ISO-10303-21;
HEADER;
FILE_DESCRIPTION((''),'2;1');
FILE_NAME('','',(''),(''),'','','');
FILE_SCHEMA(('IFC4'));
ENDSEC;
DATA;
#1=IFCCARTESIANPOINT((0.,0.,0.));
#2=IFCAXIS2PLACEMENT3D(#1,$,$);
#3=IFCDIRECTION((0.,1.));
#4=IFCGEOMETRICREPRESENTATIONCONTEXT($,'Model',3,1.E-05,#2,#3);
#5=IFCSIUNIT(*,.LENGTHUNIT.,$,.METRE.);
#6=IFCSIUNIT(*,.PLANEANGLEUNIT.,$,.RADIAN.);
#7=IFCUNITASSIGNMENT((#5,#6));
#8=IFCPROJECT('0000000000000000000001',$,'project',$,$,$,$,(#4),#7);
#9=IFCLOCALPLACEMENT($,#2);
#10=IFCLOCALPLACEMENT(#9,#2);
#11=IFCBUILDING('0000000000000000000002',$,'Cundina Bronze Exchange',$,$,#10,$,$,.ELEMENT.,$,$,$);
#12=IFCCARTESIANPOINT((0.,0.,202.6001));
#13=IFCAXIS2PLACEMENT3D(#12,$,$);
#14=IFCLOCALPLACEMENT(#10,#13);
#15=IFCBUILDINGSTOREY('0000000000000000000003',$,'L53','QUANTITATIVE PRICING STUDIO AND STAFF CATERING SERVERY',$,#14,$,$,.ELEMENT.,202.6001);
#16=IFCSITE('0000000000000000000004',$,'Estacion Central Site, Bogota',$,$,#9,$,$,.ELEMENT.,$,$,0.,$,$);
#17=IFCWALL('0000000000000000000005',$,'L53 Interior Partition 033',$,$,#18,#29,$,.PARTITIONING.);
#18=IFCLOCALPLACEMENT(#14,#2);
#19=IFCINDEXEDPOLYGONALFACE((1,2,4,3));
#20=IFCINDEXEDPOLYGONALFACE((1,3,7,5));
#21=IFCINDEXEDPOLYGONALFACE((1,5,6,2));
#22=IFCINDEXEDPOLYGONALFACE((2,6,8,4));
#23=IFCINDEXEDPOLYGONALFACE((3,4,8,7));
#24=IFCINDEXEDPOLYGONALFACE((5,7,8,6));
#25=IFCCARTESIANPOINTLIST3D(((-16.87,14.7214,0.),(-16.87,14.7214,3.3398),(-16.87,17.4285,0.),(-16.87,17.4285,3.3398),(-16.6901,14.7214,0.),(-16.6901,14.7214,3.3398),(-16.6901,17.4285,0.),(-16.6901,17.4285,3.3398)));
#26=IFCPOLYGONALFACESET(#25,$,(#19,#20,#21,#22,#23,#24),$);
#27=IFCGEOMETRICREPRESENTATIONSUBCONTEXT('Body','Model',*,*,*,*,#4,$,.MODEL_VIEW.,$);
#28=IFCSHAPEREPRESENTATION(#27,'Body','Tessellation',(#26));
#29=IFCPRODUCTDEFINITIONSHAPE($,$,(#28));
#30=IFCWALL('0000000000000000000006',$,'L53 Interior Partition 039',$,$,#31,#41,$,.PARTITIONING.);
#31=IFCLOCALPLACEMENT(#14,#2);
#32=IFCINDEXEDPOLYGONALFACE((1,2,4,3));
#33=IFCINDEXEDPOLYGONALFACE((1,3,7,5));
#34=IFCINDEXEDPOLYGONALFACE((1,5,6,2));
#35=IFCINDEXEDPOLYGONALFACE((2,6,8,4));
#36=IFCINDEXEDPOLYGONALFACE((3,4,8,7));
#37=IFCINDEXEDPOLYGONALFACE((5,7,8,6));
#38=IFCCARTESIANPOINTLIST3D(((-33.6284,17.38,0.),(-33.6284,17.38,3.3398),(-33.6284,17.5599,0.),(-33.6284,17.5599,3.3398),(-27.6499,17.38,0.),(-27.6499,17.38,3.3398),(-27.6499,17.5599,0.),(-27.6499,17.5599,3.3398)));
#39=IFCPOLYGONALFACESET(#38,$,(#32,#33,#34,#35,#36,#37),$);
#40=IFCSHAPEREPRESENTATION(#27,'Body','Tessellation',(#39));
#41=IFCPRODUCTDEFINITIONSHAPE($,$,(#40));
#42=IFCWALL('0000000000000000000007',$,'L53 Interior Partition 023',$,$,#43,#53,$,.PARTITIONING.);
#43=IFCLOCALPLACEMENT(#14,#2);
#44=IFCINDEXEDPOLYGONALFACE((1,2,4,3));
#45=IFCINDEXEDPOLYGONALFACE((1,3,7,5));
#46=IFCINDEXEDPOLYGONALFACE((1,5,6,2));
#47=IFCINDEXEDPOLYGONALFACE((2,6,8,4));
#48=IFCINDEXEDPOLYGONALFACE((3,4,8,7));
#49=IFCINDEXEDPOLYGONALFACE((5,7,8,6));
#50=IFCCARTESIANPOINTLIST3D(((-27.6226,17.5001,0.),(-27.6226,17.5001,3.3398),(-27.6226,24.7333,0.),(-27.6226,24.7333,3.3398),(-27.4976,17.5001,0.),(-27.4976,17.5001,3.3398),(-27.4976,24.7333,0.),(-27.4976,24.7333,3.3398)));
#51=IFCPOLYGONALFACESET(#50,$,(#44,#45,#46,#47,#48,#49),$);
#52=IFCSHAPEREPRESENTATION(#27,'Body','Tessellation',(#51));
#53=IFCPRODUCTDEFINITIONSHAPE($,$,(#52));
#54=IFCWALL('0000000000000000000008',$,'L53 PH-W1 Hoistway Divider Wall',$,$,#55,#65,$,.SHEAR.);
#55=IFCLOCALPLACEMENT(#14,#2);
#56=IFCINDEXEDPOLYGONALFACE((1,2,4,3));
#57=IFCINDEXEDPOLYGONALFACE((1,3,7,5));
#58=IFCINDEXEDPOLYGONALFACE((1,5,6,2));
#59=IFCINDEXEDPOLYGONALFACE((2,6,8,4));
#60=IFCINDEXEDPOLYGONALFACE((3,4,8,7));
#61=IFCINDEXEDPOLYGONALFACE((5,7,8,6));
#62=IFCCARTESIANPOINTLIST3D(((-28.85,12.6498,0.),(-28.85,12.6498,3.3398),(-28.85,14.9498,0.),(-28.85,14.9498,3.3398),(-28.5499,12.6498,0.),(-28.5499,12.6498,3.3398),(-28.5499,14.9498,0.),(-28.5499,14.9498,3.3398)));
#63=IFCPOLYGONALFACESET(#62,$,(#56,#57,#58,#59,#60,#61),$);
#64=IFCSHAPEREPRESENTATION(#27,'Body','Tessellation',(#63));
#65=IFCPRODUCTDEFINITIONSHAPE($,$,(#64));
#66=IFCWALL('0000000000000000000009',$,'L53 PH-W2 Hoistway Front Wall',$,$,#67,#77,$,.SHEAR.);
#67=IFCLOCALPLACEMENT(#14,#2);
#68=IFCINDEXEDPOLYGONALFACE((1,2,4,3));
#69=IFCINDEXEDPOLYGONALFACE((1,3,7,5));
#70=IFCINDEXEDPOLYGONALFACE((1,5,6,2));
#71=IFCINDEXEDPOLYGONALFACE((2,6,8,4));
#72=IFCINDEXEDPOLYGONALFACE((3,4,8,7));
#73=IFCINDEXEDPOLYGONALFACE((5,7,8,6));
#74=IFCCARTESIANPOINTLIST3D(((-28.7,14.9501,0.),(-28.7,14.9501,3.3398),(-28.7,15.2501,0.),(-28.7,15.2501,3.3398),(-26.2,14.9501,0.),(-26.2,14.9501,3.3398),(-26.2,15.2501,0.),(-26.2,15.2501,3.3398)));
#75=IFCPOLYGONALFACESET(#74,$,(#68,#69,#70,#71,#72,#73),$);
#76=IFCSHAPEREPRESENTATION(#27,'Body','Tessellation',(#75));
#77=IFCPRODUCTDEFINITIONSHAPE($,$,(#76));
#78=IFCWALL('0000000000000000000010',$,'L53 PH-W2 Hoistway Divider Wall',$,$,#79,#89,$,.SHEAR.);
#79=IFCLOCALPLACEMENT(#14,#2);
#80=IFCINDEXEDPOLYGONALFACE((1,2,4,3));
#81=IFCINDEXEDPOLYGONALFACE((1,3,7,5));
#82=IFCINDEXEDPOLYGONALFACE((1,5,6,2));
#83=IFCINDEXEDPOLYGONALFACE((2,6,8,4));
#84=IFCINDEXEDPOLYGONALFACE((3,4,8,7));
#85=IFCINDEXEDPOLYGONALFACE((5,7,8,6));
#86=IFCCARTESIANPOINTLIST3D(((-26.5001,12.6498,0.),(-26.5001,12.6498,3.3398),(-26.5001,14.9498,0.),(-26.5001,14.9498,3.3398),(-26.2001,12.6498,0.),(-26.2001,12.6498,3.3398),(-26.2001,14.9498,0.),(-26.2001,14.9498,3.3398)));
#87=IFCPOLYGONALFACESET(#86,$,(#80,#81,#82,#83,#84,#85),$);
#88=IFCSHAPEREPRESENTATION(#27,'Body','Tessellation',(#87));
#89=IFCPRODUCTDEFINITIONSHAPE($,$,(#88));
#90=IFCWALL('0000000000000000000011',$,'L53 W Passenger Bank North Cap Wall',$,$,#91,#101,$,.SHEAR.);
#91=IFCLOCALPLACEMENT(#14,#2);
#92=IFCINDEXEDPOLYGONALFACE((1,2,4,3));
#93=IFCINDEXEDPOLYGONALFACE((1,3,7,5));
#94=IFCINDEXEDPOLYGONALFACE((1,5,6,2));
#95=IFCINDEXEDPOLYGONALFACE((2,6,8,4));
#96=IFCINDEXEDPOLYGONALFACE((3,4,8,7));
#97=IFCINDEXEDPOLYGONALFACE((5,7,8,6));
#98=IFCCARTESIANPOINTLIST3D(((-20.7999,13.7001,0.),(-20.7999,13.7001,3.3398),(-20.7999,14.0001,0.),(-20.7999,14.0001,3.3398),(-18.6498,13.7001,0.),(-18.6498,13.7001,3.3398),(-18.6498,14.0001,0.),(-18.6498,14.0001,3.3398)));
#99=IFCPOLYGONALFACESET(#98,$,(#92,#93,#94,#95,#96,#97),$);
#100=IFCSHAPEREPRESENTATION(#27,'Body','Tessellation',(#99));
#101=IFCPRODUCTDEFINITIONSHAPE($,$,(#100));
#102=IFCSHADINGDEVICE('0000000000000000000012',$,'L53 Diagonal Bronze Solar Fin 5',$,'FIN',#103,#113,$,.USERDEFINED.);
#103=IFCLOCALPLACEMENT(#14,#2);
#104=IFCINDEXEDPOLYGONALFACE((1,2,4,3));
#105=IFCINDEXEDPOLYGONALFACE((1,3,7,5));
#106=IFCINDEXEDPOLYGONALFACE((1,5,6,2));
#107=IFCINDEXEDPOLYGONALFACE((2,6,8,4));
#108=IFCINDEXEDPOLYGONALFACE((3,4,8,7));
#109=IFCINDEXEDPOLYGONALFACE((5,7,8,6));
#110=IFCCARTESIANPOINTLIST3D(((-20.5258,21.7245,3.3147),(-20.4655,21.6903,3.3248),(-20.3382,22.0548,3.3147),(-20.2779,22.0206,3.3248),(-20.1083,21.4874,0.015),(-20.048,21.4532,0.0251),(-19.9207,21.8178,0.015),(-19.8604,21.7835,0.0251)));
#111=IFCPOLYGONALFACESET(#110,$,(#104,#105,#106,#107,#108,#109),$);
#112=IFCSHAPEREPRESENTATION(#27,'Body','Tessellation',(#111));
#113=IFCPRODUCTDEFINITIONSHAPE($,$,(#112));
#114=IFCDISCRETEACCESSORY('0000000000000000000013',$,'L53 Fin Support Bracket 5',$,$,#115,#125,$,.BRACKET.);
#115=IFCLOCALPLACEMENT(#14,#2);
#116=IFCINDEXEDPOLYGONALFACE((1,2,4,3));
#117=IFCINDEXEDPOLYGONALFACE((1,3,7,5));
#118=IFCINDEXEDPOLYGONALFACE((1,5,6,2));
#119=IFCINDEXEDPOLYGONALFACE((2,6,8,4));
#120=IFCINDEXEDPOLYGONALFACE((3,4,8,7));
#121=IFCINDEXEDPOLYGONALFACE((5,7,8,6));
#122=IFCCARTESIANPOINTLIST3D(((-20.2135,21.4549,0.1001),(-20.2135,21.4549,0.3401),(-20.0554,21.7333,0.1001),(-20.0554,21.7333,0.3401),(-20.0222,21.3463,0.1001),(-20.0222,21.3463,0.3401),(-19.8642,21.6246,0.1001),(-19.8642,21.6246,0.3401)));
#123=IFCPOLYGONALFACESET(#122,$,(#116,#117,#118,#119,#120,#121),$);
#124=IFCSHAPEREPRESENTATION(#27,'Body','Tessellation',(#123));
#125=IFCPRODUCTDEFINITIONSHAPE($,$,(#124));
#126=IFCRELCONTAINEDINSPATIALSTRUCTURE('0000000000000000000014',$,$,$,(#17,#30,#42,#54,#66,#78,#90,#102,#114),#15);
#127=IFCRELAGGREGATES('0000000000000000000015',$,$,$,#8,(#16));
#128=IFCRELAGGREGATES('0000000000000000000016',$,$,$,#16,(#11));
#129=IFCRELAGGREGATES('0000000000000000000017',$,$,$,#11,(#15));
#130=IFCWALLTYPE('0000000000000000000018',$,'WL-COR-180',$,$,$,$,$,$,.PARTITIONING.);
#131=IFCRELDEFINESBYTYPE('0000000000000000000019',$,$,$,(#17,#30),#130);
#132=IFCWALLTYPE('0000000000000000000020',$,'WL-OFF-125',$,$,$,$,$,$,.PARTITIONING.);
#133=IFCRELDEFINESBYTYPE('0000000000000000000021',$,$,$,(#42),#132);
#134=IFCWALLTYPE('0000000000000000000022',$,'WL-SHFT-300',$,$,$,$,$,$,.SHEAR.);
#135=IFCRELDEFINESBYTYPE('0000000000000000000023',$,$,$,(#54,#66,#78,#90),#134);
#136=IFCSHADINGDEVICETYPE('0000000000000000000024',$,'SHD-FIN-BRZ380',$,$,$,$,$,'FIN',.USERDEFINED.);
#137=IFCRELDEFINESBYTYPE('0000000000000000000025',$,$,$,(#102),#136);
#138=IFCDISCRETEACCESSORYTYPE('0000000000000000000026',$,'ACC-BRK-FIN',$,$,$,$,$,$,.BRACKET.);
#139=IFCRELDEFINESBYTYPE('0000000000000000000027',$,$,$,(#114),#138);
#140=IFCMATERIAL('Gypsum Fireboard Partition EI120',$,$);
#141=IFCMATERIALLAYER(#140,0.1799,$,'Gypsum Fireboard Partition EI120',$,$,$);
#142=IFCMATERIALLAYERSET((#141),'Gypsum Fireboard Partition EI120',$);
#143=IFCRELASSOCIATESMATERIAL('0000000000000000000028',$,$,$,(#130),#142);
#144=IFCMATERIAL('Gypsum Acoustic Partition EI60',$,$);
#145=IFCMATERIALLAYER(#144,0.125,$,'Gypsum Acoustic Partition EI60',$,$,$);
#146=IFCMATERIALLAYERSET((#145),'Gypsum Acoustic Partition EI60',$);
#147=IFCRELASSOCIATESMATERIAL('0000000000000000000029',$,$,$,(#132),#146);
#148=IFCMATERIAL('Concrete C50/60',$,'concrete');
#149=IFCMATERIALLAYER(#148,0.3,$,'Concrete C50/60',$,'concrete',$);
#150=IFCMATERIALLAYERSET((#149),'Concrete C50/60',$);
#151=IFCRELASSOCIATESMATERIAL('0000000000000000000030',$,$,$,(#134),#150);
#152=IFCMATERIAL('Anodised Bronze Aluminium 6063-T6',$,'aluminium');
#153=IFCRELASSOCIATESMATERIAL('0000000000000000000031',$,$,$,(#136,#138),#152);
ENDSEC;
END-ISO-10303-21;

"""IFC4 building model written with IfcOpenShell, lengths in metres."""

from ifc_helpers import new_model, si_unit, direction, frame, frame_2d, origin, origin_2d, place, context, subcontext, project, spatial, rectangle, extrude, material, layer, layer_set, material_profile, profile_set, type_object, element, save


model = new_model("IFC4")

# Units and contexts
model_context = context("Model", 3, precision=1e-05, world=origin(), true_north=direction((0.0, 1.0)))
body_context = subcontext(model_context, "Body", "Model", "MODEL_VIEW")
ifc_project = project(units=[si_unit("LENGTHUNIT", "METRE"), si_unit("PLANEANGLEUNIT", "RADIAN")], contexts=[model_context])

# Site, building, storey
site_placement = place(None, origin())
site = spatial("IfcSite", under=ifc_project, at=site_placement, Name="Estacion Central Site, Bogota", CompositionType="ELEMENT", RefElevation=0.0)
building_placement = place(site_placement, origin())
building = spatial("IfcBuilding", under=site, at=building_placement, Name="Cundina Bronze Exchange", CompositionType="ELEMENT")
storey_placement = place(building_placement, frame((0.0, 0.0, 202.6001)))
storey = spatial("IfcBuildingStorey", under=building, at=storey_placement, Name="L53", Description="QUANTITATIVE PRICING STUDIO AND STAFF CATERING SERVERY", CompositionType="ELEMENT", Elevation=202.6001)

# Shared definitions
ifc_material_1 = material(Name="Concrete C50/60", Category="concrete")

# Shared definitions
ifc_material_2 = material(Name="Anodised Bronze Aluminium 6063-T6", Category="aluminium")

# Shared definitions
ifc_material_3 = material(Name="Gypsum Fireboard Partition EI120")
ifc_layer_1 = layer(ifc_material_3, 0.1799, Name="Gypsum Fireboard Partition EI120")
ifc_layer_set_1 = layer_set([ifc_layer_1], Name="Gypsum Fireboard Partition EI120")
wall_type_1 = type_object("IfcWallType", Name="WL-COR-180", PredefinedType="PARTITIONING", material=ifc_layer_set_1)

# Walls
wall_1_placement = place(storey_placement, frame((-16.78, 14.7214, 0.0), z_axis=(0.0, 0.0, 1.0), x_axis=(0.0, 1.0, 0.0)))
element("IfcWall", 1, at=wall_1_placement, inside=storey, type_object=wall_type_1, Name="L53 Interior Partition 033", PredefinedType="PARTITIONING", context=body_context, shape_type="SweptSolid", body=[
    extrude(rectangle(XDim=2.707, YDim=0.1799, at=frame_2d((1.3535, 0.0))), origin(), (0.0, 0.0, 1.0), 3.3398),
])
wall_2_placement = place(storey_placement, frame((-27.6499, 17.47, 0.0), z_axis=(0.0, 0.0, 1.0), x_axis=(-1.0, 0.0, 0.0)))
element("IfcWall", 2, at=wall_2_placement, inside=storey, type_object=wall_type_1, Name="L53 Interior Partition 039", PredefinedType="PARTITIONING", context=body_context, shape_type="SweptSolid", body=[
    extrude(rectangle(XDim=5.9785, YDim=0.1799, at=frame_2d((2.9893, 0.0))), origin(), (0.0, 0.0, 1.0), 3.3398),
])
ifc_material_4 = material(Name="Gypsum Acoustic Partition EI60")
ifc_layer_2 = layer(ifc_material_4, 0.125, Name="Gypsum Acoustic Partition EI60")
ifc_layer_set_2 = layer_set([ifc_layer_2], Name="Gypsum Acoustic Partition EI60")
wall_type_2 = type_object("IfcWallType", Name="WL-OFF-125", PredefinedType="PARTITIONING", material=ifc_layer_set_2)
wall_3_placement = place(storey_placement, frame((-27.5601, 17.5, 0.0), z_axis=(0.0, 0.0, 1.0), x_axis=(0.0, 1.0, 0.0)))
element("IfcWall", 3, at=wall_3_placement, inside=storey, type_object=wall_type_2, Name="L53 Interior Partition 023", PredefinedType="PARTITIONING", context=body_context, shape_type="SweptSolid", body=[
    extrude(rectangle(XDim=7.2332, YDim=0.125, at=frame_2d((3.6167, 0.0))), origin(), (0.0, 0.0, 1.0), 3.3398),
])
ifc_layer_3 = layer(ifc_material_1, 0.3, Name="Concrete C50/60", Category="concrete")
ifc_layer_set_3 = layer_set([ifc_layer_3], Name="Concrete C50/60")
wall_type_3 = type_object("IfcWallType", Name="WL-SHFT-300", PredefinedType="SHEAR", material=ifc_layer_set_3)
wall_4_placement = place(storey_placement, frame((-28.7, 12.6499, 0.0), z_axis=(0.0, 0.0, 1.0), x_axis=(0.0, 1.0, 0.0)))
element("IfcWall", 4, at=wall_4_placement, inside=storey, type_object=wall_type_3, Name="L53 PH-W1 Hoistway Divider Wall", PredefinedType="SHEAR", context=body_context, shape_type="SweptSolid", body=[
    extrude(rectangle(XDim=2.3, YDim=0.3, at=frame_2d((1.1499, 0.0))), origin(), (0.0, 0.0, 1.0), 3.3398),
])
wall_5_placement = place(storey_placement, frame((-28.7, 15.1001, 0.0), z_axis=(0.0, 0.0, 1.0), x_axis=(1.0, 0.0, 0.0)))
element("IfcWall", 5, at=wall_5_placement, inside=storey, type_object=wall_type_3, Name="L53 PH-W2 Hoistway Front Wall", PredefinedType="SHEAR", context=body_context, shape_type="SweptSolid", body=[
    extrude(rectangle(XDim=2.5, YDim=0.3, at=frame_2d((1.25, 0.0))), origin(), (0.0, 0.0, 1.0), 3.3398),
])
wall_6_placement = place(storey_placement, frame((-26.3501, 12.6499, 0.0), z_axis=(0.0, 0.0, 1.0), x_axis=(0.0, 1.0, 0.0)))
element("IfcWall", 6, at=wall_6_placement, inside=storey, type_object=wall_type_3, Name="L53 PH-W2 Hoistway Divider Wall", PredefinedType="SHEAR", context=body_context, shape_type="SweptSolid", body=[
    extrude(rectangle(XDim=2.3, YDim=0.3, at=frame_2d((1.1499, 0.0))), origin(), (0.0, 0.0, 1.0), 3.3398),
])
wall_7_placement = place(storey_placement, frame((-20.8, 13.8501, 0.0), z_axis=(0.0, 0.0, 1.0), x_axis=(1.0, 0.0, 0.0)))
element("IfcWall", 7, at=wall_7_placement, inside=storey, type_object=wall_type_3, Name="L53 W Passenger Bank North Cap Wall", PredefinedType="SHEAR", context=body_context, shape_type="SweptSolid", body=[
    extrude(rectangle(XDim=2.1501, YDim=0.3, at=frame_2d((1.0752, 0.0))), origin(), (0.0, 0.0, 1.0), 3.3398),
])

# Shading device
ifc_material_profile_1 = material_profile(ifc_material_2, rectangle(XDim=0.0701, YDim=0.3799, at=origin_2d()), Name="FIN70X380", Category="aluminium")
ifc_profile_set_1 = profile_set([ifc_material_profile_1], Name="Anodised Bronze Aluminium 6063-T6")
shading_device_type = type_object("IfcShadingDeviceType", Name="SHD-FIN-BRZ380", ElementType="FIN", PredefinedType="USERDEFINED", material=ifc_profile_set_1)
shading_device_placement = place(storey_placement, frame((-19.9844, 21.6355, 0.02), z_axis=(-0.125199, 0.071092, 0.989581), x_axis=(0.860526, -0.488638, 0.143975)))
element("IfcShadingDevice", 8, at=shading_device_placement, inside=storey, type_object=shading_device_type, Name="L53 Diagonal Bronze Solar Fin 5", ObjectType="FIN", PredefinedType="USERDEFINED", context=body_context, shape_type="SweptSolid", body=[
    extrude(rectangle(XDim=0.0701, YDim=0.3799, at=origin_2d()), origin(), (0.0, 0.0, 1.0), 3.3345),
])

# Discrete accessory
discrete_accessory_type = type_object("IfcDiscreteAccessoryType", Name="ACC-BRK-FIN", PredefinedType="BRACKET", material=ifc_material_2)
discrete_accessory_placement = place(storey_placement, frame((-20.0388, 21.5398, 0.1001), z_axis=(0.0, 0.0, 1.0), x_axis=(-0.869573, 0.493805, 0.0)))
element("IfcDiscreteAccessory", 9, at=discrete_accessory_placement, inside=storey, type_object=discrete_accessory_type, Name="L53 Fin Support Bracket 5", PredefinedType="BRACKET", context=body_context, shape_type="SweptSolid", body=[
    extrude(rectangle(XDim=0.22, YDim=0.3201, at=origin_2d()), origin(), (0.0, 0.0, 1.0), 0.24),
])

save(model, "model.ifc")
